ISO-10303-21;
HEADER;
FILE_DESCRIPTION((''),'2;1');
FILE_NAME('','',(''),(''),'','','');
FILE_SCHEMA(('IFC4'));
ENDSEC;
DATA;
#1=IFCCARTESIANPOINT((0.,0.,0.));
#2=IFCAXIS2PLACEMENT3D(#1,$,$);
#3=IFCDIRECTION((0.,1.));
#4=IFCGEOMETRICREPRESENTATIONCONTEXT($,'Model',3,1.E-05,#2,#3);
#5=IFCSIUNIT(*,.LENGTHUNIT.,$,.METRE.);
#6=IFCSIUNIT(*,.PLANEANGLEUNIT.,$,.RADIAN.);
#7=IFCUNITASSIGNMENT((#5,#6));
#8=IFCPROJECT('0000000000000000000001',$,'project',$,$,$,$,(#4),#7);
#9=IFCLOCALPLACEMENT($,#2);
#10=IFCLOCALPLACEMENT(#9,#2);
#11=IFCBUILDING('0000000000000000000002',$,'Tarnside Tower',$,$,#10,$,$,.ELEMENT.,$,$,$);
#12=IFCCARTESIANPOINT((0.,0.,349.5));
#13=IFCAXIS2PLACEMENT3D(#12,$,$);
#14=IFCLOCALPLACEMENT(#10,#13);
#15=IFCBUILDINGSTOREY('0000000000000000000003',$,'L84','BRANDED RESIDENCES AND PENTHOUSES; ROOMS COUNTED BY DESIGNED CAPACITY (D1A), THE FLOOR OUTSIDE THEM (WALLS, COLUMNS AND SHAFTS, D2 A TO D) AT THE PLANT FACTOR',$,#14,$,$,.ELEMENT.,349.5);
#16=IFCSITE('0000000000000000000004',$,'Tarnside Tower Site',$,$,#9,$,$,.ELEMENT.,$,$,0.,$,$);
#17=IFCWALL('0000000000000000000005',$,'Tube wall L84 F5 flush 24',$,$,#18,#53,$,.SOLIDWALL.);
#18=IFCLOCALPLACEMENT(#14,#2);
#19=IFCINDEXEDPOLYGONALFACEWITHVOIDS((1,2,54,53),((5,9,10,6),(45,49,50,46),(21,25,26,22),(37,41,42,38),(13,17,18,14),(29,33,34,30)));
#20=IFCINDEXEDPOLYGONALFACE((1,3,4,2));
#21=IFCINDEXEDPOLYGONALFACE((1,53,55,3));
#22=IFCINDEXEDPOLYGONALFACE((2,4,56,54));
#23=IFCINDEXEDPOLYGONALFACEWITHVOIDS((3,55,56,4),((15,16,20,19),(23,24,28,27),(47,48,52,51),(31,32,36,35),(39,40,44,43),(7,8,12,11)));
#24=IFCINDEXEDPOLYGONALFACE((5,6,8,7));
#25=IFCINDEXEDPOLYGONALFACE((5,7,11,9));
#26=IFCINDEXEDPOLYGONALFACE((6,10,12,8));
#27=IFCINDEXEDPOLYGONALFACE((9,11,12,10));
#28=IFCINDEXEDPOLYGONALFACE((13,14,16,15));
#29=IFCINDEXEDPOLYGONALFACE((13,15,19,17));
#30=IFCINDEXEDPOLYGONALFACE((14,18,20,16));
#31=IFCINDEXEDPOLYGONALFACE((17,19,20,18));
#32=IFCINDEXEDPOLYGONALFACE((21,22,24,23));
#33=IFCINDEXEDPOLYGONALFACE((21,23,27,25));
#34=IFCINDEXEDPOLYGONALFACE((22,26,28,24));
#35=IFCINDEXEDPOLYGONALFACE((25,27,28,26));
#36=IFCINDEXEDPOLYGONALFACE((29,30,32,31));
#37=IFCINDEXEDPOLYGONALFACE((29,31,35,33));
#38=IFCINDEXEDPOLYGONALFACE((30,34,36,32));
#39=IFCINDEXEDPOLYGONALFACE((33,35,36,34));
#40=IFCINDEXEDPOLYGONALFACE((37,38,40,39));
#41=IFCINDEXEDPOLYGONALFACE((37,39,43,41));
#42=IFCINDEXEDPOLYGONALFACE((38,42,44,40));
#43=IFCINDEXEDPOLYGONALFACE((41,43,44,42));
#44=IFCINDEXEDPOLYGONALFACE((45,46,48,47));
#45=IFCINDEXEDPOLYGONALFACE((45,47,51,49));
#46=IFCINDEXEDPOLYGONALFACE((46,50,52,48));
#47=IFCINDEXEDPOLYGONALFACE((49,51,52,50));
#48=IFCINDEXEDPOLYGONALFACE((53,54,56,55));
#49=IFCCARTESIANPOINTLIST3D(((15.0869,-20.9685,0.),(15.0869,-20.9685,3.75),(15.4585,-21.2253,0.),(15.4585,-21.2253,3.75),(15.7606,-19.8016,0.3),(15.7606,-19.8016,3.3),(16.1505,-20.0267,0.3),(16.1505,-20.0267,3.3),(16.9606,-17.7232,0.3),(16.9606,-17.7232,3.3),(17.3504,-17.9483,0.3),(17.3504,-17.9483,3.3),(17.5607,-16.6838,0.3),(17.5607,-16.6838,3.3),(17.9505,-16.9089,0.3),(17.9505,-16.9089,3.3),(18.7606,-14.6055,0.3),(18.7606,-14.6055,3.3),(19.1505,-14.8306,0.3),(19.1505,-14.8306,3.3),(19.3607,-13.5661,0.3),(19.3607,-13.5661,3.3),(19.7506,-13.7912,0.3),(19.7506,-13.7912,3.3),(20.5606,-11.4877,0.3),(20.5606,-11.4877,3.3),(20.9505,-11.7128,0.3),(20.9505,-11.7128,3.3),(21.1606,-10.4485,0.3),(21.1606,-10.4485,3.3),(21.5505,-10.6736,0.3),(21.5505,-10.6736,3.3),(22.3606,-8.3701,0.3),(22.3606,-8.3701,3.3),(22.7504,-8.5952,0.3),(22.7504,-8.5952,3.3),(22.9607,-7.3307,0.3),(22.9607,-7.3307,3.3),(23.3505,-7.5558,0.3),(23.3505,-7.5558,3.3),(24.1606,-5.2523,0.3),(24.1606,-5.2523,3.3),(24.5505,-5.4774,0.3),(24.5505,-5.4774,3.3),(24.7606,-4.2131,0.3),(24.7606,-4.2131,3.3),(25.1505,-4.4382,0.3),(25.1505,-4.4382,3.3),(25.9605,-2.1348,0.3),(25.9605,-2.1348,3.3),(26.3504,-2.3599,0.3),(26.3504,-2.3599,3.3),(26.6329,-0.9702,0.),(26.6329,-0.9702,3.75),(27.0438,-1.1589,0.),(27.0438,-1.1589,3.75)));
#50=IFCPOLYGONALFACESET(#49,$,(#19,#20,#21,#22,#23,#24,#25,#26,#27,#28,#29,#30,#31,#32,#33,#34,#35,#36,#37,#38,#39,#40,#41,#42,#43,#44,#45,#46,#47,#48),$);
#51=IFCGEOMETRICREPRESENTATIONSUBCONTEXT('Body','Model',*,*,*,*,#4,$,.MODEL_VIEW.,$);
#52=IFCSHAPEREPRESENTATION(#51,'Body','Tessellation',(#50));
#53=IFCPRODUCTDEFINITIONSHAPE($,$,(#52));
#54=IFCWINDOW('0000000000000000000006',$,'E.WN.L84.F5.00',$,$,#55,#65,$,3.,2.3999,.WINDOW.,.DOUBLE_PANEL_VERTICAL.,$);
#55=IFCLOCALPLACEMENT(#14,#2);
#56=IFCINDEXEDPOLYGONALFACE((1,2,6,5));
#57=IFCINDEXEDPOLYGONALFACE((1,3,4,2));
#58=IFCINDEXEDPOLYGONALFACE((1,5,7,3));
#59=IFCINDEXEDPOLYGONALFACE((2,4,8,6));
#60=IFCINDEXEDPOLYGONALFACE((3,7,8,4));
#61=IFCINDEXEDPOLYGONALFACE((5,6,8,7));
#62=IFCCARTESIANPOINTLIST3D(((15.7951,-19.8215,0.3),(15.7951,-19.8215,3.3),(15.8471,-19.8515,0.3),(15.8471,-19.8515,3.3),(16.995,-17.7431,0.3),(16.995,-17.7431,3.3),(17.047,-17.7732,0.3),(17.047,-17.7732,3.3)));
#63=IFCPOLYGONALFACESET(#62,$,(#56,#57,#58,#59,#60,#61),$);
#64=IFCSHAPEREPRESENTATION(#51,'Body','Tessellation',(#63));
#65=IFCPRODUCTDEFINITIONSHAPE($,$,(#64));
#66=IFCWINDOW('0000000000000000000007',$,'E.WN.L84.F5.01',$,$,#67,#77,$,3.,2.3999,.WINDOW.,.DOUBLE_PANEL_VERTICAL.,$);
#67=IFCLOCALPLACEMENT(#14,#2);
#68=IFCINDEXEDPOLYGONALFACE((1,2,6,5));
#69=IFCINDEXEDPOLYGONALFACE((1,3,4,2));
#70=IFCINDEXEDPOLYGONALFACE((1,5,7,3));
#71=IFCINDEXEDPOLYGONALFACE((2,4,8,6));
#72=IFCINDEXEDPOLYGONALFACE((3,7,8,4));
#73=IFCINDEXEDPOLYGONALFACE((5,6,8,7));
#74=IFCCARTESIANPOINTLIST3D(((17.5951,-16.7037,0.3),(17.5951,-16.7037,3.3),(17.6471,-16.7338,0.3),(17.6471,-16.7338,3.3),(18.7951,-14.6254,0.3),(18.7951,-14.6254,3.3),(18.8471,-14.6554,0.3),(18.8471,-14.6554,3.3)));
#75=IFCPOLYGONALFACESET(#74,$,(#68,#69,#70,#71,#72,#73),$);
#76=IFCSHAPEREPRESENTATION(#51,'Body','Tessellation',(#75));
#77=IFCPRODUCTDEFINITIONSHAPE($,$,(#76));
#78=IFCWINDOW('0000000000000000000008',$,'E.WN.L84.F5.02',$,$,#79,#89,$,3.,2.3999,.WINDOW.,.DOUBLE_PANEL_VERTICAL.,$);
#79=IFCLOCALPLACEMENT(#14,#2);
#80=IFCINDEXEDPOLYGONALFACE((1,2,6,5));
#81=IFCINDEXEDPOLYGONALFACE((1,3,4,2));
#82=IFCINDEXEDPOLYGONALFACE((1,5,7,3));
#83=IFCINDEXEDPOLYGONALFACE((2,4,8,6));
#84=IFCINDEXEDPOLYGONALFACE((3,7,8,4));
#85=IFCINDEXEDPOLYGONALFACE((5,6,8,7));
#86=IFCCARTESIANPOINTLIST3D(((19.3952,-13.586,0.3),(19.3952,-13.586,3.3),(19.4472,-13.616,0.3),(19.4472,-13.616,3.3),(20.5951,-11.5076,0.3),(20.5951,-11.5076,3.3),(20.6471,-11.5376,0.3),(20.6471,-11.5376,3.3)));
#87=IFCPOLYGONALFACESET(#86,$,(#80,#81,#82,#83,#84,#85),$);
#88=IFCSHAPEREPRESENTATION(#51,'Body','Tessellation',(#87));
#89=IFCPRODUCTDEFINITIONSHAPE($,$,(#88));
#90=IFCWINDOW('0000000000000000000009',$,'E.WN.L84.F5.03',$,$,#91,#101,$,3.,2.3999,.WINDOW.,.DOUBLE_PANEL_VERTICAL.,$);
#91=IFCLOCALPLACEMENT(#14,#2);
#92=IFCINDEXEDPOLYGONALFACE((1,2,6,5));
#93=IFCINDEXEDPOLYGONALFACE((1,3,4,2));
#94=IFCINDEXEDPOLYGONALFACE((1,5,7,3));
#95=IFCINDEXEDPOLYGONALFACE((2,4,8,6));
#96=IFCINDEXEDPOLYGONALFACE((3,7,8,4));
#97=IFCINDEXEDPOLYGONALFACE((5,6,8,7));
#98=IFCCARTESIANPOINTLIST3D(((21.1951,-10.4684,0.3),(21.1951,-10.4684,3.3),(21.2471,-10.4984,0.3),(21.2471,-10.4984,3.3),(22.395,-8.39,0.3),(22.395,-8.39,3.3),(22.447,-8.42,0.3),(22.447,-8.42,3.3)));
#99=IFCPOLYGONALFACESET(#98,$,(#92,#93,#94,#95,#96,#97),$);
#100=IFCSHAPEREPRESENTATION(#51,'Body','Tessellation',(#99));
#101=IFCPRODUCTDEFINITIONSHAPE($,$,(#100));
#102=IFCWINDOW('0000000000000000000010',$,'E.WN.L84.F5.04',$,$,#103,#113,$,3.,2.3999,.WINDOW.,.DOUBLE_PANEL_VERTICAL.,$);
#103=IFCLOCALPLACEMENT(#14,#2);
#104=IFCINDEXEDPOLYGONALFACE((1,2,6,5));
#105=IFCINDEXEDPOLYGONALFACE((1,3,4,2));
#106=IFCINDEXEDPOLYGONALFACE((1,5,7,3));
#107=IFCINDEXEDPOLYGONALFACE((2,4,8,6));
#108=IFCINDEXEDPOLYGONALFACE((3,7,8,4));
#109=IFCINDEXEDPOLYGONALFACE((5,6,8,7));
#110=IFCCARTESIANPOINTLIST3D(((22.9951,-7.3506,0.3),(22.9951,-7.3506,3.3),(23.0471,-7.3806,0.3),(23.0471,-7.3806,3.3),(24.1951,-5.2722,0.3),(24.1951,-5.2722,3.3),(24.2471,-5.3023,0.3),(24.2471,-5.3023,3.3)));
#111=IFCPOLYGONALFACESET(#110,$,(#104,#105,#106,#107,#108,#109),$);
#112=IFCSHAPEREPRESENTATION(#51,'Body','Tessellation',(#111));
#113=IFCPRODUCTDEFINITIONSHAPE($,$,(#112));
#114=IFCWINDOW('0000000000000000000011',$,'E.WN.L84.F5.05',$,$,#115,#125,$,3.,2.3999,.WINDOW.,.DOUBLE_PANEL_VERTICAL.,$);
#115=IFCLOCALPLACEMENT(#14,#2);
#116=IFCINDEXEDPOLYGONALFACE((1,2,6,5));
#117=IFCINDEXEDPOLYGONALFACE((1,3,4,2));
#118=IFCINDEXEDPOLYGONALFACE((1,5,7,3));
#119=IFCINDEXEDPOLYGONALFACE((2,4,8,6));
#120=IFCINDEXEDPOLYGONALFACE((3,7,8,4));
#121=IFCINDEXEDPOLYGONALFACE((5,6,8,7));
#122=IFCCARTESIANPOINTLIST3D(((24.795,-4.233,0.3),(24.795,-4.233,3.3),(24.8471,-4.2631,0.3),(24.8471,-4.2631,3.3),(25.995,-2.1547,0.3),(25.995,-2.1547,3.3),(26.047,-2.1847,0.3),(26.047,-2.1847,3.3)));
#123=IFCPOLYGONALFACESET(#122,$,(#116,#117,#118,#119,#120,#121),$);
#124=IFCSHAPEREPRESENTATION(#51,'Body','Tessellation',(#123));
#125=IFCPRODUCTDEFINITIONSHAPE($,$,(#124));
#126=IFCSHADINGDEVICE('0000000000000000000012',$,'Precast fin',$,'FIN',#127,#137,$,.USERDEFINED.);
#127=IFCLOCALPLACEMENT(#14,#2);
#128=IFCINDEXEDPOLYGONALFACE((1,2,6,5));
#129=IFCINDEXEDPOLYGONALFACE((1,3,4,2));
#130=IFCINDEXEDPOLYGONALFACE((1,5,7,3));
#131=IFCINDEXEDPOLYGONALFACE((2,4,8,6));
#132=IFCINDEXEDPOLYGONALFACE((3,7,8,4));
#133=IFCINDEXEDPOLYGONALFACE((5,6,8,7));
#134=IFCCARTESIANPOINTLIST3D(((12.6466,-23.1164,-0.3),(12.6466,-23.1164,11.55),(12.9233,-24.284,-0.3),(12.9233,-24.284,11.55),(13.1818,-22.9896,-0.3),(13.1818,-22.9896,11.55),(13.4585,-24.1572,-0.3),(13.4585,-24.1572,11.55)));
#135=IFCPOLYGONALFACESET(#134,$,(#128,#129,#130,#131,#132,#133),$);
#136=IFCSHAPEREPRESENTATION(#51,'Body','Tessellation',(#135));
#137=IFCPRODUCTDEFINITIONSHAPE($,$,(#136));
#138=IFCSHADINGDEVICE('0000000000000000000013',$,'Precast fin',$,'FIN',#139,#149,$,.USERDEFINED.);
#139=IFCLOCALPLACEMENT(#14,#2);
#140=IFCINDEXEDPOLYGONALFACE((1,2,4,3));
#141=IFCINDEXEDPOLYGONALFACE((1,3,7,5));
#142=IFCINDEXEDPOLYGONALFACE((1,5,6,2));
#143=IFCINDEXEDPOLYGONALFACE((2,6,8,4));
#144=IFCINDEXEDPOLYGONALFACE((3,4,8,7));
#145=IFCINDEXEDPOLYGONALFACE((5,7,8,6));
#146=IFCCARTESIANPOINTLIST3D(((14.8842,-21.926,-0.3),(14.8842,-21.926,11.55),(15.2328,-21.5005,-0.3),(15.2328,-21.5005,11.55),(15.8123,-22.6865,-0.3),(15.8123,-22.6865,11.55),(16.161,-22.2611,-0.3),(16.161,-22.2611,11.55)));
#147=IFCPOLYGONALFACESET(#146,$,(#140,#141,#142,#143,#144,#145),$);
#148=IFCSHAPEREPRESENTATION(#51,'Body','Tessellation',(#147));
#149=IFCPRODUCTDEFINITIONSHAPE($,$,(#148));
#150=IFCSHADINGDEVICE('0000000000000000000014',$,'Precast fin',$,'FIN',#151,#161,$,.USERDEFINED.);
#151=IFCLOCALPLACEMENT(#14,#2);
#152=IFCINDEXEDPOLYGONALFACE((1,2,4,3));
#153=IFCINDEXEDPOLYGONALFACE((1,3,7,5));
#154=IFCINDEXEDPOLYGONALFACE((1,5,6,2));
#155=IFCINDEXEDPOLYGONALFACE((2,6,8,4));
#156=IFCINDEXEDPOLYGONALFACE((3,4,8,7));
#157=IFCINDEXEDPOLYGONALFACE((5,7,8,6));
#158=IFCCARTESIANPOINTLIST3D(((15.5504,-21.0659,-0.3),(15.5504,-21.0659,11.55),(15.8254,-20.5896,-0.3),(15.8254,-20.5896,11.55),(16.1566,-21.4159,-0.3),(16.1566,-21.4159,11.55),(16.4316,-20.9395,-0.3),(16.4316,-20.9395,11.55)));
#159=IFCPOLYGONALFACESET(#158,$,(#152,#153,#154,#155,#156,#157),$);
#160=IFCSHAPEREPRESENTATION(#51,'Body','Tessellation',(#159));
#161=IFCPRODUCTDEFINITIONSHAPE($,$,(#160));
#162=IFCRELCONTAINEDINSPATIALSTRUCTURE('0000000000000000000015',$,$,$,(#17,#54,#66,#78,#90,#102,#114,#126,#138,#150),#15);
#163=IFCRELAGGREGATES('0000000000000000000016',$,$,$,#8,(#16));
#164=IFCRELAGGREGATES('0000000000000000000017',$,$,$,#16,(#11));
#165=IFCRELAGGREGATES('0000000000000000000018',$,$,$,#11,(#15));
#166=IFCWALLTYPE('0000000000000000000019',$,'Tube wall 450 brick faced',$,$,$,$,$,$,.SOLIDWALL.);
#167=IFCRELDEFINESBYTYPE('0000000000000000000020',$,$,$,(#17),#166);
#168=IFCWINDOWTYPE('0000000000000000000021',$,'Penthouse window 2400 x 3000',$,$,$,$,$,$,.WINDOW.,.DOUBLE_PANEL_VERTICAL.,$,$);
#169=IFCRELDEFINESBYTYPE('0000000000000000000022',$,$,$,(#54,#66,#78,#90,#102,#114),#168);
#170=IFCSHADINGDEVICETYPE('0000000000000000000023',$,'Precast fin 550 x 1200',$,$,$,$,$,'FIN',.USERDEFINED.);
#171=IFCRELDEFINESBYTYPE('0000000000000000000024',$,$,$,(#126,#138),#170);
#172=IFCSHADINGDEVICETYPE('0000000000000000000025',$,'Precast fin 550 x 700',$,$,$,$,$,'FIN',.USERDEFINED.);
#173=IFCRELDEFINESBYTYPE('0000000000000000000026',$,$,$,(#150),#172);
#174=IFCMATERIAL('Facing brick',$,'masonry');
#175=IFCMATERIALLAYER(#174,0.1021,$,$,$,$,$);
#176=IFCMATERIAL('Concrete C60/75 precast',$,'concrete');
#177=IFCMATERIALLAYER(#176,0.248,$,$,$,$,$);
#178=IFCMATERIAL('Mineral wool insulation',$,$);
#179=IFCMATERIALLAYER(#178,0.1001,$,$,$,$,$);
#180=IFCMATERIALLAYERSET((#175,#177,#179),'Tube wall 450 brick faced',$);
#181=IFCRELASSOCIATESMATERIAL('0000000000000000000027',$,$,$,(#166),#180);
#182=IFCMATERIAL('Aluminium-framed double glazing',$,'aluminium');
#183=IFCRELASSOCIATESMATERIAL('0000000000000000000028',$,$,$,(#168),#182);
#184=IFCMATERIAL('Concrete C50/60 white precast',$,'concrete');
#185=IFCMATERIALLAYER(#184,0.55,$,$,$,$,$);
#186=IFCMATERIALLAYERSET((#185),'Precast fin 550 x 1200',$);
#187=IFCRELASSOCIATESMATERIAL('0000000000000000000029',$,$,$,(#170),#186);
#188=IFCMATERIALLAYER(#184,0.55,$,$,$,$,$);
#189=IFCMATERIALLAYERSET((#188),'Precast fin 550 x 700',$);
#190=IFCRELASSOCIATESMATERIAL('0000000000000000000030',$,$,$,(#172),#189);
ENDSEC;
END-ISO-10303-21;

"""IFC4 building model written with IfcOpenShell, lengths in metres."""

from ifc_helpers import new_model, si_unit, direction, frame, frame_2d, origin, place, context, subcontext, project, spatial, polyline, rectangle, outline, extrude, material, layer, layer_set, type_object, element, fill, save


model = new_model("IFC4")

# Units and contexts
model_context = context("Model", 3, precision=1e-05, world=origin(), true_north=direction((0.0, 1.0)))
body_context = subcontext(model_context, "Body", "Model", "MODEL_VIEW")
ifc_project = project(units=[si_unit("LENGTHUNIT", "METRE"), si_unit("PLANEANGLEUNIT", "RADIAN")], contexts=[model_context])

# Site, building, storey
site_placement = place(None, origin())
site = spatial("IfcSite", under=ifc_project, at=site_placement, Name="Tarnside Tower Site", CompositionType="ELEMENT", RefElevation=0.0)
building_placement = place(site_placement, origin())
building = spatial("IfcBuilding", under=site, at=building_placement, Name="Tarnside Tower", CompositionType="ELEMENT")
storey_placement = place(building_placement, frame((0.0, 0.0, 349.5)))
storey = spatial("IfcBuildingStorey", under=building, at=storey_placement, Name="L84", Description="BRANDED RESIDENCES AND PENTHOUSES; ROOMS COUNTED BY DESIGNED CAPACITY (D1A), THE FLOOR OUTSIDE THEM (WALLS, COLUMNS AND SHAFTS, D2 A TO D) AT THE PLANT FACTOR", CompositionType="ELEMENT", Elevation=349.5)

# Shared definitions
ifc_material_1 = material(Name="Facing brick", Category="masonry")
ifc_layer_1 = layer(ifc_material_1, 0.1021)
ifc_material_2 = material(Name="Concrete C60/75 precast", Category="concrete")
ifc_layer_2 = layer(ifc_material_2, 0.248)
ifc_material_3 = material(Name="Mineral wool insulation")
ifc_layer_3 = layer(ifc_material_3, 0.1001)
ifc_layer_set_1 = layer_set([ifc_layer_1, ifc_layer_2, ifc_layer_3], Name="Tube wall 450 brick faced")
wall_type_1 = type_object("IfcWallType", Name="Tube wall 450 brick faced", PredefinedType="SOLIDWALL", material=ifc_layer_set_1)

# Wall, openings, windows
wall_1_placement = place(storey_placement, frame((15.2727, -21.0969, 0.0), z_axis=(0.0, 0.0, 1.0), x_axis=(0.499997, 0.866027, 0.0)))
wall_1 = element("IfcWall", 1, at=wall_1_placement, inside=storey, type_object=wall_type_1, Name="Tube wall L84 F5 flush 24", PredefinedType="SOLIDWALL", context=body_context, shape_type="SweptSolid", body=[
    extrude(outline(polyline([(-0.0183, -0.2251), (23.1523, -0.2251), (23.1104, 0.2251), (0.0183, 0.2251), (-0.0183, -0.2251)])), origin(), (0.0, 0.0, 1.0), 3.75),
])
opening_1_placement = place(wall_1_placement, frame((1.3657, 0.0, 0.3)))
opening_1 = element("IfcOpeningElement", 2, at=opening_1_placement, cuts=wall_1, PredefinedType="OPENING", context=body_context, shape_type="SweptSolid", body=[
    extrude(rectangle(XDim=2.3999, YDim=3.0, at=frame_2d((1.2, 1.5))), frame((0.0, 0.2349, 0.0), z_axis=(0.0, -1.0, 0.0), x_axis=(1.0, 0.0, 0.0)), (0.0, 0.0, 1.0), 0.47),
])
opening_2_placement = place(wall_1_placement, frame((4.9658, 0.0, 0.3)))
opening_2 = element("IfcOpeningElement", 3, at=opening_2_placement, cuts=wall_1, PredefinedType="OPENING", context=body_context, shape_type="SweptSolid", body=[
    extrude(rectangle(XDim=2.3999, YDim=3.0, at=frame_2d((1.2, 1.5))), frame((0.0, 0.2349, 0.0), z_axis=(0.0, -1.0, 0.0), x_axis=(1.0, 0.0, 0.0)), (0.0, 0.0, 1.0), 0.47),
])
opening_3_placement = place(wall_1_placement, frame((8.5659, 0.0, 0.3)))
opening_3 = element("IfcOpeningElement", 4, at=opening_3_placement, cuts=wall_1, PredefinedType="OPENING", context=body_context, shape_type="SweptSolid", body=[
    extrude(rectangle(XDim=2.3999, YDim=3.0, at=frame_2d((1.2, 1.5))), frame((0.0, 0.2349, 0.0), z_axis=(0.0, -1.0, 0.0), x_axis=(1.0, 0.0, 0.0)), (0.0, 0.0, 1.0), 0.47),
])
opening_4_placement = place(wall_1_placement, frame((12.1658, 0.0, 0.3)))
opening_4 = element("IfcOpeningElement", 5, at=opening_4_placement, cuts=wall_1, PredefinedType="OPENING", context=body_context, shape_type="SweptSolid", body=[
    extrude(rectangle(XDim=2.3999, YDim=3.0, at=frame_2d((1.2, 1.5))), frame((0.0, 0.2349, 0.0), z_axis=(0.0, -1.0, 0.0), x_axis=(1.0, 0.0, 0.0)), (0.0, 0.0, 1.0), 0.47),
])
opening_5_placement = place(wall_1_placement, frame((15.7659, 0.0, 0.3)))
opening_5 = element("IfcOpeningElement", 6, at=opening_5_placement, cuts=wall_1, PredefinedType="OPENING", context=body_context, shape_type="SweptSolid", body=[
    extrude(rectangle(XDim=2.3999, YDim=3.0, at=frame_2d((1.2, 1.5))), frame((0.0, 0.2349, 0.0), z_axis=(0.0, -1.0, 0.0), x_axis=(1.0, 0.0, 0.0)), (0.0, 0.0, 1.0), 0.47),
])
opening_6_placement = place(wall_1_placement, frame((19.3657, 0.0, 0.3)))
opening_6 = element("IfcOpeningElement", 7, at=opening_6_placement, cuts=wall_1, PredefinedType="OPENING", context=body_context, shape_type="SweptSolid", body=[
    extrude(rectangle(XDim=2.3999, YDim=3.0, at=frame_2d((1.2, 1.5))), frame((0.0, 0.2349, 0.0), z_axis=(0.0, -1.0, 0.0), x_axis=(1.0, 0.0, 0.0)), (0.0, 0.0, 1.0), 0.47),
])
ifc_material_4 = material(Name="Aluminium-framed double glazing", Category="aluminium")
window_type = type_object("IfcWindowType", Name="Penthouse window 2400 x 3000", PartitioningType="DOUBLE_PANEL_VERTICAL", PredefinedType="WINDOW", material=ifc_material_4)
window_1_placement = place(opening_1_placement, frame((0.0, 0.1553, 0.0)))
window_1 = element("IfcWindow", 8, at=window_1_placement, inside=storey, type_object=window_type, Name="E.WN.L84.F5.00", OverallHeight=3.0, OverallWidth=2.3999, PartitioningType="DOUBLE_PANEL_VERTICAL", PredefinedType="WINDOW", context=body_context, shape_type="SweptSolid", body=[
    extrude(rectangle(XDim=2.3999, YDim=3.0, at=frame_2d((1.2, 1.5))), frame((0.0, 0.03, 0.0), z_axis=(0.0, -1.0, 0.0), x_axis=(1.0, 0.0, 0.0)), (0.0, 0.0, 1.0), 0.0601),
])
fill(opening_1, window_1)
window_2_placement = place(opening_2_placement, frame((0.0, 0.1553, 0.0)))
window_2 = element("IfcWindow", 9, at=window_2_placement, inside=storey, type_object=window_type, Name="E.WN.L84.F5.01", OverallHeight=3.0, OverallWidth=2.3999, PartitioningType="DOUBLE_PANEL_VERTICAL", PredefinedType="WINDOW", context=body_context, shape_type="SweptSolid", body=[
    extrude(rectangle(XDim=2.3999, YDim=3.0, at=frame_2d((1.2, 1.5))), frame((0.0, 0.03, 0.0), z_axis=(0.0, -1.0, 0.0), x_axis=(1.0, 0.0, 0.0)), (0.0, 0.0, 1.0), 0.0601),
])
fill(opening_2, window_2)
window_3_placement = place(opening_3_placement, frame((0.0, 0.1553, 0.0)))
window_3 = element("IfcWindow", 10, at=window_3_placement, inside=storey, type_object=window_type, Name="E.WN.L84.F5.02", OverallHeight=3.0, OverallWidth=2.3999, PartitioningType="DOUBLE_PANEL_VERTICAL", PredefinedType="WINDOW", context=body_context, shape_type="SweptSolid", body=[
    extrude(rectangle(XDim=2.3999, YDim=3.0, at=frame_2d((1.2, 1.5))), frame((0.0, 0.03, 0.0), z_axis=(0.0, -1.0, 0.0), x_axis=(1.0, 0.0, 0.0)), (0.0, 0.0, 1.0), 0.0601),
])
fill(opening_3, window_3)
window_4_placement = place(opening_4_placement, frame((0.0, 0.1553, 0.0)))
window_4 = element("IfcWindow", 11, at=window_4_placement, inside=storey, type_object=window_type, Name="E.WN.L84.F5.03", OverallHeight=3.0, OverallWidth=2.3999, PartitioningType="DOUBLE_PANEL_VERTICAL", PredefinedType="WINDOW", context=body_context, shape_type="SweptSolid", body=[
    extrude(rectangle(XDim=2.3999, YDim=3.0, at=frame_2d((1.2, 1.5))), frame((0.0, 0.03, 0.0), z_axis=(0.0, -1.0, 0.0), x_axis=(1.0, 0.0, 0.0)), (0.0, 0.0, 1.0), 0.0601),
])
fill(opening_4, window_4)
window_5_placement = place(opening_5_placement, frame((0.0, 0.1553, 0.0)))
window_5 = element("IfcWindow", 12, at=window_5_placement, inside=storey, type_object=window_type, Name="E.WN.L84.F5.04", OverallHeight=3.0, OverallWidth=2.3999, PartitioningType="DOUBLE_PANEL_VERTICAL", PredefinedType="WINDOW", context=body_context, shape_type="SweptSolid", body=[
    extrude(rectangle(XDim=2.3999, YDim=3.0, at=frame_2d((1.2, 1.5))), frame((0.0, 0.03, 0.0), z_axis=(0.0, -1.0, 0.0), x_axis=(1.0, 0.0, 0.0)), (0.0, 0.0, 1.0), 0.0601),
])
fill(opening_5, window_5)
window_6_placement = place(opening_6_placement, frame((0.0, 0.1553, 0.0)))
window_6 = element("IfcWindow", 13, at=window_6_placement, inside=storey, type_object=window_type, Name="E.WN.L84.F5.05", OverallHeight=3.0, OverallWidth=2.3999, PartitioningType="DOUBLE_PANEL_VERTICAL", PredefinedType="WINDOW", context=body_context, shape_type="SweptSolid", body=[
    extrude(rectangle(XDim=2.3999, YDim=3.0, at=frame_2d((1.2, 1.5))), frame((0.0, 0.03, 0.0), z_axis=(0.0, -1.0, 0.0), x_axis=(1.0, 0.0, 0.0)), (0.0, 0.0, 1.0), 0.0601),
])
fill(opening_6, window_6)

# Shading devices
ifc_material_5 = material(Name="Concrete C50/60 white precast", Category="concrete")
ifc_layer_4 = layer(ifc_material_5, 0.55)
ifc_layer_set_2 = layer_set([ifc_layer_4], Name="Precast fin 550 x 1200")
shading_device_type_1 = type_object("IfcShadingDeviceType", Name="Precast fin 550 x 1200", ElementType="FIN", PredefinedType="USERDEFINED", material=ifc_layer_set_2)
for number, where, z_axis, x_axis, name in (
    (14, (12.9143, -23.053, -0.3), (-0.973045, -0.230616, 0.0), (0.230616, -0.973045, 0.0), "Precast fin"),
    (15, (15.0586, -21.7131, -0.3), (-0.633831, -0.773472, 0.0), (0.773472, -0.633831, 0.0), "Precast fin"),
):
    element("IfcShadingDevice", number, at=place(storey_placement, frame(where, z_axis=z_axis, x_axis=x_axis)), inside=storey, type_object=shading_device_type_1, Name=name, ObjectType="FIN", PredefinedType="USERDEFINED", context=body_context, shape_type="SweptSolid", body=[
        extrude(outline(polyline([(0.0, 0.0), (1.2, 0.0), (1.2, 11.8501), (0.0, 11.8501), (0.0, 0.0)])), frame((0.0, 0.0, -0.2749)), (0.0, 0.0, 1.0), 0.55),
    ])
ifc_layer_5 = layer(ifc_material_5, 0.55)
ifc_layer_set_3 = layer_set([ifc_layer_5], Name="Precast fin 550 x 700")
shading_device_type_2 = type_object("IfcShadingDeviceType", Name="Precast fin 550 x 700", ElementType="FIN", PredefinedType="USERDEFINED", material=ifc_layer_set_3)
for number, where, z_axis, x_axis, name in (
    (16, (15.688, -20.8276, -0.3), (-0.5, -0.866025, 0.0), (0.866025, -0.5, 0.0), "Precast fin"),
):
    element("IfcShadingDevice", number, at=place(storey_placement, frame(where, z_axis=z_axis, x_axis=x_axis)), inside=storey, type_object=shading_device_type_2, Name=name, ObjectType="FIN", PredefinedType="USERDEFINED", context=body_context, shape_type="SweptSolid", body=[
        extrude(outline(polyline([(0.0, 0.0), (0.7, 0.0), (0.7, 11.8501), (0.0, 11.8501), (0.0, 0.0)])), frame((0.0, 0.0, -0.2749)), (0.0, 0.0, 1.0), 0.55),
    ])

save(model, "model.ifc")
